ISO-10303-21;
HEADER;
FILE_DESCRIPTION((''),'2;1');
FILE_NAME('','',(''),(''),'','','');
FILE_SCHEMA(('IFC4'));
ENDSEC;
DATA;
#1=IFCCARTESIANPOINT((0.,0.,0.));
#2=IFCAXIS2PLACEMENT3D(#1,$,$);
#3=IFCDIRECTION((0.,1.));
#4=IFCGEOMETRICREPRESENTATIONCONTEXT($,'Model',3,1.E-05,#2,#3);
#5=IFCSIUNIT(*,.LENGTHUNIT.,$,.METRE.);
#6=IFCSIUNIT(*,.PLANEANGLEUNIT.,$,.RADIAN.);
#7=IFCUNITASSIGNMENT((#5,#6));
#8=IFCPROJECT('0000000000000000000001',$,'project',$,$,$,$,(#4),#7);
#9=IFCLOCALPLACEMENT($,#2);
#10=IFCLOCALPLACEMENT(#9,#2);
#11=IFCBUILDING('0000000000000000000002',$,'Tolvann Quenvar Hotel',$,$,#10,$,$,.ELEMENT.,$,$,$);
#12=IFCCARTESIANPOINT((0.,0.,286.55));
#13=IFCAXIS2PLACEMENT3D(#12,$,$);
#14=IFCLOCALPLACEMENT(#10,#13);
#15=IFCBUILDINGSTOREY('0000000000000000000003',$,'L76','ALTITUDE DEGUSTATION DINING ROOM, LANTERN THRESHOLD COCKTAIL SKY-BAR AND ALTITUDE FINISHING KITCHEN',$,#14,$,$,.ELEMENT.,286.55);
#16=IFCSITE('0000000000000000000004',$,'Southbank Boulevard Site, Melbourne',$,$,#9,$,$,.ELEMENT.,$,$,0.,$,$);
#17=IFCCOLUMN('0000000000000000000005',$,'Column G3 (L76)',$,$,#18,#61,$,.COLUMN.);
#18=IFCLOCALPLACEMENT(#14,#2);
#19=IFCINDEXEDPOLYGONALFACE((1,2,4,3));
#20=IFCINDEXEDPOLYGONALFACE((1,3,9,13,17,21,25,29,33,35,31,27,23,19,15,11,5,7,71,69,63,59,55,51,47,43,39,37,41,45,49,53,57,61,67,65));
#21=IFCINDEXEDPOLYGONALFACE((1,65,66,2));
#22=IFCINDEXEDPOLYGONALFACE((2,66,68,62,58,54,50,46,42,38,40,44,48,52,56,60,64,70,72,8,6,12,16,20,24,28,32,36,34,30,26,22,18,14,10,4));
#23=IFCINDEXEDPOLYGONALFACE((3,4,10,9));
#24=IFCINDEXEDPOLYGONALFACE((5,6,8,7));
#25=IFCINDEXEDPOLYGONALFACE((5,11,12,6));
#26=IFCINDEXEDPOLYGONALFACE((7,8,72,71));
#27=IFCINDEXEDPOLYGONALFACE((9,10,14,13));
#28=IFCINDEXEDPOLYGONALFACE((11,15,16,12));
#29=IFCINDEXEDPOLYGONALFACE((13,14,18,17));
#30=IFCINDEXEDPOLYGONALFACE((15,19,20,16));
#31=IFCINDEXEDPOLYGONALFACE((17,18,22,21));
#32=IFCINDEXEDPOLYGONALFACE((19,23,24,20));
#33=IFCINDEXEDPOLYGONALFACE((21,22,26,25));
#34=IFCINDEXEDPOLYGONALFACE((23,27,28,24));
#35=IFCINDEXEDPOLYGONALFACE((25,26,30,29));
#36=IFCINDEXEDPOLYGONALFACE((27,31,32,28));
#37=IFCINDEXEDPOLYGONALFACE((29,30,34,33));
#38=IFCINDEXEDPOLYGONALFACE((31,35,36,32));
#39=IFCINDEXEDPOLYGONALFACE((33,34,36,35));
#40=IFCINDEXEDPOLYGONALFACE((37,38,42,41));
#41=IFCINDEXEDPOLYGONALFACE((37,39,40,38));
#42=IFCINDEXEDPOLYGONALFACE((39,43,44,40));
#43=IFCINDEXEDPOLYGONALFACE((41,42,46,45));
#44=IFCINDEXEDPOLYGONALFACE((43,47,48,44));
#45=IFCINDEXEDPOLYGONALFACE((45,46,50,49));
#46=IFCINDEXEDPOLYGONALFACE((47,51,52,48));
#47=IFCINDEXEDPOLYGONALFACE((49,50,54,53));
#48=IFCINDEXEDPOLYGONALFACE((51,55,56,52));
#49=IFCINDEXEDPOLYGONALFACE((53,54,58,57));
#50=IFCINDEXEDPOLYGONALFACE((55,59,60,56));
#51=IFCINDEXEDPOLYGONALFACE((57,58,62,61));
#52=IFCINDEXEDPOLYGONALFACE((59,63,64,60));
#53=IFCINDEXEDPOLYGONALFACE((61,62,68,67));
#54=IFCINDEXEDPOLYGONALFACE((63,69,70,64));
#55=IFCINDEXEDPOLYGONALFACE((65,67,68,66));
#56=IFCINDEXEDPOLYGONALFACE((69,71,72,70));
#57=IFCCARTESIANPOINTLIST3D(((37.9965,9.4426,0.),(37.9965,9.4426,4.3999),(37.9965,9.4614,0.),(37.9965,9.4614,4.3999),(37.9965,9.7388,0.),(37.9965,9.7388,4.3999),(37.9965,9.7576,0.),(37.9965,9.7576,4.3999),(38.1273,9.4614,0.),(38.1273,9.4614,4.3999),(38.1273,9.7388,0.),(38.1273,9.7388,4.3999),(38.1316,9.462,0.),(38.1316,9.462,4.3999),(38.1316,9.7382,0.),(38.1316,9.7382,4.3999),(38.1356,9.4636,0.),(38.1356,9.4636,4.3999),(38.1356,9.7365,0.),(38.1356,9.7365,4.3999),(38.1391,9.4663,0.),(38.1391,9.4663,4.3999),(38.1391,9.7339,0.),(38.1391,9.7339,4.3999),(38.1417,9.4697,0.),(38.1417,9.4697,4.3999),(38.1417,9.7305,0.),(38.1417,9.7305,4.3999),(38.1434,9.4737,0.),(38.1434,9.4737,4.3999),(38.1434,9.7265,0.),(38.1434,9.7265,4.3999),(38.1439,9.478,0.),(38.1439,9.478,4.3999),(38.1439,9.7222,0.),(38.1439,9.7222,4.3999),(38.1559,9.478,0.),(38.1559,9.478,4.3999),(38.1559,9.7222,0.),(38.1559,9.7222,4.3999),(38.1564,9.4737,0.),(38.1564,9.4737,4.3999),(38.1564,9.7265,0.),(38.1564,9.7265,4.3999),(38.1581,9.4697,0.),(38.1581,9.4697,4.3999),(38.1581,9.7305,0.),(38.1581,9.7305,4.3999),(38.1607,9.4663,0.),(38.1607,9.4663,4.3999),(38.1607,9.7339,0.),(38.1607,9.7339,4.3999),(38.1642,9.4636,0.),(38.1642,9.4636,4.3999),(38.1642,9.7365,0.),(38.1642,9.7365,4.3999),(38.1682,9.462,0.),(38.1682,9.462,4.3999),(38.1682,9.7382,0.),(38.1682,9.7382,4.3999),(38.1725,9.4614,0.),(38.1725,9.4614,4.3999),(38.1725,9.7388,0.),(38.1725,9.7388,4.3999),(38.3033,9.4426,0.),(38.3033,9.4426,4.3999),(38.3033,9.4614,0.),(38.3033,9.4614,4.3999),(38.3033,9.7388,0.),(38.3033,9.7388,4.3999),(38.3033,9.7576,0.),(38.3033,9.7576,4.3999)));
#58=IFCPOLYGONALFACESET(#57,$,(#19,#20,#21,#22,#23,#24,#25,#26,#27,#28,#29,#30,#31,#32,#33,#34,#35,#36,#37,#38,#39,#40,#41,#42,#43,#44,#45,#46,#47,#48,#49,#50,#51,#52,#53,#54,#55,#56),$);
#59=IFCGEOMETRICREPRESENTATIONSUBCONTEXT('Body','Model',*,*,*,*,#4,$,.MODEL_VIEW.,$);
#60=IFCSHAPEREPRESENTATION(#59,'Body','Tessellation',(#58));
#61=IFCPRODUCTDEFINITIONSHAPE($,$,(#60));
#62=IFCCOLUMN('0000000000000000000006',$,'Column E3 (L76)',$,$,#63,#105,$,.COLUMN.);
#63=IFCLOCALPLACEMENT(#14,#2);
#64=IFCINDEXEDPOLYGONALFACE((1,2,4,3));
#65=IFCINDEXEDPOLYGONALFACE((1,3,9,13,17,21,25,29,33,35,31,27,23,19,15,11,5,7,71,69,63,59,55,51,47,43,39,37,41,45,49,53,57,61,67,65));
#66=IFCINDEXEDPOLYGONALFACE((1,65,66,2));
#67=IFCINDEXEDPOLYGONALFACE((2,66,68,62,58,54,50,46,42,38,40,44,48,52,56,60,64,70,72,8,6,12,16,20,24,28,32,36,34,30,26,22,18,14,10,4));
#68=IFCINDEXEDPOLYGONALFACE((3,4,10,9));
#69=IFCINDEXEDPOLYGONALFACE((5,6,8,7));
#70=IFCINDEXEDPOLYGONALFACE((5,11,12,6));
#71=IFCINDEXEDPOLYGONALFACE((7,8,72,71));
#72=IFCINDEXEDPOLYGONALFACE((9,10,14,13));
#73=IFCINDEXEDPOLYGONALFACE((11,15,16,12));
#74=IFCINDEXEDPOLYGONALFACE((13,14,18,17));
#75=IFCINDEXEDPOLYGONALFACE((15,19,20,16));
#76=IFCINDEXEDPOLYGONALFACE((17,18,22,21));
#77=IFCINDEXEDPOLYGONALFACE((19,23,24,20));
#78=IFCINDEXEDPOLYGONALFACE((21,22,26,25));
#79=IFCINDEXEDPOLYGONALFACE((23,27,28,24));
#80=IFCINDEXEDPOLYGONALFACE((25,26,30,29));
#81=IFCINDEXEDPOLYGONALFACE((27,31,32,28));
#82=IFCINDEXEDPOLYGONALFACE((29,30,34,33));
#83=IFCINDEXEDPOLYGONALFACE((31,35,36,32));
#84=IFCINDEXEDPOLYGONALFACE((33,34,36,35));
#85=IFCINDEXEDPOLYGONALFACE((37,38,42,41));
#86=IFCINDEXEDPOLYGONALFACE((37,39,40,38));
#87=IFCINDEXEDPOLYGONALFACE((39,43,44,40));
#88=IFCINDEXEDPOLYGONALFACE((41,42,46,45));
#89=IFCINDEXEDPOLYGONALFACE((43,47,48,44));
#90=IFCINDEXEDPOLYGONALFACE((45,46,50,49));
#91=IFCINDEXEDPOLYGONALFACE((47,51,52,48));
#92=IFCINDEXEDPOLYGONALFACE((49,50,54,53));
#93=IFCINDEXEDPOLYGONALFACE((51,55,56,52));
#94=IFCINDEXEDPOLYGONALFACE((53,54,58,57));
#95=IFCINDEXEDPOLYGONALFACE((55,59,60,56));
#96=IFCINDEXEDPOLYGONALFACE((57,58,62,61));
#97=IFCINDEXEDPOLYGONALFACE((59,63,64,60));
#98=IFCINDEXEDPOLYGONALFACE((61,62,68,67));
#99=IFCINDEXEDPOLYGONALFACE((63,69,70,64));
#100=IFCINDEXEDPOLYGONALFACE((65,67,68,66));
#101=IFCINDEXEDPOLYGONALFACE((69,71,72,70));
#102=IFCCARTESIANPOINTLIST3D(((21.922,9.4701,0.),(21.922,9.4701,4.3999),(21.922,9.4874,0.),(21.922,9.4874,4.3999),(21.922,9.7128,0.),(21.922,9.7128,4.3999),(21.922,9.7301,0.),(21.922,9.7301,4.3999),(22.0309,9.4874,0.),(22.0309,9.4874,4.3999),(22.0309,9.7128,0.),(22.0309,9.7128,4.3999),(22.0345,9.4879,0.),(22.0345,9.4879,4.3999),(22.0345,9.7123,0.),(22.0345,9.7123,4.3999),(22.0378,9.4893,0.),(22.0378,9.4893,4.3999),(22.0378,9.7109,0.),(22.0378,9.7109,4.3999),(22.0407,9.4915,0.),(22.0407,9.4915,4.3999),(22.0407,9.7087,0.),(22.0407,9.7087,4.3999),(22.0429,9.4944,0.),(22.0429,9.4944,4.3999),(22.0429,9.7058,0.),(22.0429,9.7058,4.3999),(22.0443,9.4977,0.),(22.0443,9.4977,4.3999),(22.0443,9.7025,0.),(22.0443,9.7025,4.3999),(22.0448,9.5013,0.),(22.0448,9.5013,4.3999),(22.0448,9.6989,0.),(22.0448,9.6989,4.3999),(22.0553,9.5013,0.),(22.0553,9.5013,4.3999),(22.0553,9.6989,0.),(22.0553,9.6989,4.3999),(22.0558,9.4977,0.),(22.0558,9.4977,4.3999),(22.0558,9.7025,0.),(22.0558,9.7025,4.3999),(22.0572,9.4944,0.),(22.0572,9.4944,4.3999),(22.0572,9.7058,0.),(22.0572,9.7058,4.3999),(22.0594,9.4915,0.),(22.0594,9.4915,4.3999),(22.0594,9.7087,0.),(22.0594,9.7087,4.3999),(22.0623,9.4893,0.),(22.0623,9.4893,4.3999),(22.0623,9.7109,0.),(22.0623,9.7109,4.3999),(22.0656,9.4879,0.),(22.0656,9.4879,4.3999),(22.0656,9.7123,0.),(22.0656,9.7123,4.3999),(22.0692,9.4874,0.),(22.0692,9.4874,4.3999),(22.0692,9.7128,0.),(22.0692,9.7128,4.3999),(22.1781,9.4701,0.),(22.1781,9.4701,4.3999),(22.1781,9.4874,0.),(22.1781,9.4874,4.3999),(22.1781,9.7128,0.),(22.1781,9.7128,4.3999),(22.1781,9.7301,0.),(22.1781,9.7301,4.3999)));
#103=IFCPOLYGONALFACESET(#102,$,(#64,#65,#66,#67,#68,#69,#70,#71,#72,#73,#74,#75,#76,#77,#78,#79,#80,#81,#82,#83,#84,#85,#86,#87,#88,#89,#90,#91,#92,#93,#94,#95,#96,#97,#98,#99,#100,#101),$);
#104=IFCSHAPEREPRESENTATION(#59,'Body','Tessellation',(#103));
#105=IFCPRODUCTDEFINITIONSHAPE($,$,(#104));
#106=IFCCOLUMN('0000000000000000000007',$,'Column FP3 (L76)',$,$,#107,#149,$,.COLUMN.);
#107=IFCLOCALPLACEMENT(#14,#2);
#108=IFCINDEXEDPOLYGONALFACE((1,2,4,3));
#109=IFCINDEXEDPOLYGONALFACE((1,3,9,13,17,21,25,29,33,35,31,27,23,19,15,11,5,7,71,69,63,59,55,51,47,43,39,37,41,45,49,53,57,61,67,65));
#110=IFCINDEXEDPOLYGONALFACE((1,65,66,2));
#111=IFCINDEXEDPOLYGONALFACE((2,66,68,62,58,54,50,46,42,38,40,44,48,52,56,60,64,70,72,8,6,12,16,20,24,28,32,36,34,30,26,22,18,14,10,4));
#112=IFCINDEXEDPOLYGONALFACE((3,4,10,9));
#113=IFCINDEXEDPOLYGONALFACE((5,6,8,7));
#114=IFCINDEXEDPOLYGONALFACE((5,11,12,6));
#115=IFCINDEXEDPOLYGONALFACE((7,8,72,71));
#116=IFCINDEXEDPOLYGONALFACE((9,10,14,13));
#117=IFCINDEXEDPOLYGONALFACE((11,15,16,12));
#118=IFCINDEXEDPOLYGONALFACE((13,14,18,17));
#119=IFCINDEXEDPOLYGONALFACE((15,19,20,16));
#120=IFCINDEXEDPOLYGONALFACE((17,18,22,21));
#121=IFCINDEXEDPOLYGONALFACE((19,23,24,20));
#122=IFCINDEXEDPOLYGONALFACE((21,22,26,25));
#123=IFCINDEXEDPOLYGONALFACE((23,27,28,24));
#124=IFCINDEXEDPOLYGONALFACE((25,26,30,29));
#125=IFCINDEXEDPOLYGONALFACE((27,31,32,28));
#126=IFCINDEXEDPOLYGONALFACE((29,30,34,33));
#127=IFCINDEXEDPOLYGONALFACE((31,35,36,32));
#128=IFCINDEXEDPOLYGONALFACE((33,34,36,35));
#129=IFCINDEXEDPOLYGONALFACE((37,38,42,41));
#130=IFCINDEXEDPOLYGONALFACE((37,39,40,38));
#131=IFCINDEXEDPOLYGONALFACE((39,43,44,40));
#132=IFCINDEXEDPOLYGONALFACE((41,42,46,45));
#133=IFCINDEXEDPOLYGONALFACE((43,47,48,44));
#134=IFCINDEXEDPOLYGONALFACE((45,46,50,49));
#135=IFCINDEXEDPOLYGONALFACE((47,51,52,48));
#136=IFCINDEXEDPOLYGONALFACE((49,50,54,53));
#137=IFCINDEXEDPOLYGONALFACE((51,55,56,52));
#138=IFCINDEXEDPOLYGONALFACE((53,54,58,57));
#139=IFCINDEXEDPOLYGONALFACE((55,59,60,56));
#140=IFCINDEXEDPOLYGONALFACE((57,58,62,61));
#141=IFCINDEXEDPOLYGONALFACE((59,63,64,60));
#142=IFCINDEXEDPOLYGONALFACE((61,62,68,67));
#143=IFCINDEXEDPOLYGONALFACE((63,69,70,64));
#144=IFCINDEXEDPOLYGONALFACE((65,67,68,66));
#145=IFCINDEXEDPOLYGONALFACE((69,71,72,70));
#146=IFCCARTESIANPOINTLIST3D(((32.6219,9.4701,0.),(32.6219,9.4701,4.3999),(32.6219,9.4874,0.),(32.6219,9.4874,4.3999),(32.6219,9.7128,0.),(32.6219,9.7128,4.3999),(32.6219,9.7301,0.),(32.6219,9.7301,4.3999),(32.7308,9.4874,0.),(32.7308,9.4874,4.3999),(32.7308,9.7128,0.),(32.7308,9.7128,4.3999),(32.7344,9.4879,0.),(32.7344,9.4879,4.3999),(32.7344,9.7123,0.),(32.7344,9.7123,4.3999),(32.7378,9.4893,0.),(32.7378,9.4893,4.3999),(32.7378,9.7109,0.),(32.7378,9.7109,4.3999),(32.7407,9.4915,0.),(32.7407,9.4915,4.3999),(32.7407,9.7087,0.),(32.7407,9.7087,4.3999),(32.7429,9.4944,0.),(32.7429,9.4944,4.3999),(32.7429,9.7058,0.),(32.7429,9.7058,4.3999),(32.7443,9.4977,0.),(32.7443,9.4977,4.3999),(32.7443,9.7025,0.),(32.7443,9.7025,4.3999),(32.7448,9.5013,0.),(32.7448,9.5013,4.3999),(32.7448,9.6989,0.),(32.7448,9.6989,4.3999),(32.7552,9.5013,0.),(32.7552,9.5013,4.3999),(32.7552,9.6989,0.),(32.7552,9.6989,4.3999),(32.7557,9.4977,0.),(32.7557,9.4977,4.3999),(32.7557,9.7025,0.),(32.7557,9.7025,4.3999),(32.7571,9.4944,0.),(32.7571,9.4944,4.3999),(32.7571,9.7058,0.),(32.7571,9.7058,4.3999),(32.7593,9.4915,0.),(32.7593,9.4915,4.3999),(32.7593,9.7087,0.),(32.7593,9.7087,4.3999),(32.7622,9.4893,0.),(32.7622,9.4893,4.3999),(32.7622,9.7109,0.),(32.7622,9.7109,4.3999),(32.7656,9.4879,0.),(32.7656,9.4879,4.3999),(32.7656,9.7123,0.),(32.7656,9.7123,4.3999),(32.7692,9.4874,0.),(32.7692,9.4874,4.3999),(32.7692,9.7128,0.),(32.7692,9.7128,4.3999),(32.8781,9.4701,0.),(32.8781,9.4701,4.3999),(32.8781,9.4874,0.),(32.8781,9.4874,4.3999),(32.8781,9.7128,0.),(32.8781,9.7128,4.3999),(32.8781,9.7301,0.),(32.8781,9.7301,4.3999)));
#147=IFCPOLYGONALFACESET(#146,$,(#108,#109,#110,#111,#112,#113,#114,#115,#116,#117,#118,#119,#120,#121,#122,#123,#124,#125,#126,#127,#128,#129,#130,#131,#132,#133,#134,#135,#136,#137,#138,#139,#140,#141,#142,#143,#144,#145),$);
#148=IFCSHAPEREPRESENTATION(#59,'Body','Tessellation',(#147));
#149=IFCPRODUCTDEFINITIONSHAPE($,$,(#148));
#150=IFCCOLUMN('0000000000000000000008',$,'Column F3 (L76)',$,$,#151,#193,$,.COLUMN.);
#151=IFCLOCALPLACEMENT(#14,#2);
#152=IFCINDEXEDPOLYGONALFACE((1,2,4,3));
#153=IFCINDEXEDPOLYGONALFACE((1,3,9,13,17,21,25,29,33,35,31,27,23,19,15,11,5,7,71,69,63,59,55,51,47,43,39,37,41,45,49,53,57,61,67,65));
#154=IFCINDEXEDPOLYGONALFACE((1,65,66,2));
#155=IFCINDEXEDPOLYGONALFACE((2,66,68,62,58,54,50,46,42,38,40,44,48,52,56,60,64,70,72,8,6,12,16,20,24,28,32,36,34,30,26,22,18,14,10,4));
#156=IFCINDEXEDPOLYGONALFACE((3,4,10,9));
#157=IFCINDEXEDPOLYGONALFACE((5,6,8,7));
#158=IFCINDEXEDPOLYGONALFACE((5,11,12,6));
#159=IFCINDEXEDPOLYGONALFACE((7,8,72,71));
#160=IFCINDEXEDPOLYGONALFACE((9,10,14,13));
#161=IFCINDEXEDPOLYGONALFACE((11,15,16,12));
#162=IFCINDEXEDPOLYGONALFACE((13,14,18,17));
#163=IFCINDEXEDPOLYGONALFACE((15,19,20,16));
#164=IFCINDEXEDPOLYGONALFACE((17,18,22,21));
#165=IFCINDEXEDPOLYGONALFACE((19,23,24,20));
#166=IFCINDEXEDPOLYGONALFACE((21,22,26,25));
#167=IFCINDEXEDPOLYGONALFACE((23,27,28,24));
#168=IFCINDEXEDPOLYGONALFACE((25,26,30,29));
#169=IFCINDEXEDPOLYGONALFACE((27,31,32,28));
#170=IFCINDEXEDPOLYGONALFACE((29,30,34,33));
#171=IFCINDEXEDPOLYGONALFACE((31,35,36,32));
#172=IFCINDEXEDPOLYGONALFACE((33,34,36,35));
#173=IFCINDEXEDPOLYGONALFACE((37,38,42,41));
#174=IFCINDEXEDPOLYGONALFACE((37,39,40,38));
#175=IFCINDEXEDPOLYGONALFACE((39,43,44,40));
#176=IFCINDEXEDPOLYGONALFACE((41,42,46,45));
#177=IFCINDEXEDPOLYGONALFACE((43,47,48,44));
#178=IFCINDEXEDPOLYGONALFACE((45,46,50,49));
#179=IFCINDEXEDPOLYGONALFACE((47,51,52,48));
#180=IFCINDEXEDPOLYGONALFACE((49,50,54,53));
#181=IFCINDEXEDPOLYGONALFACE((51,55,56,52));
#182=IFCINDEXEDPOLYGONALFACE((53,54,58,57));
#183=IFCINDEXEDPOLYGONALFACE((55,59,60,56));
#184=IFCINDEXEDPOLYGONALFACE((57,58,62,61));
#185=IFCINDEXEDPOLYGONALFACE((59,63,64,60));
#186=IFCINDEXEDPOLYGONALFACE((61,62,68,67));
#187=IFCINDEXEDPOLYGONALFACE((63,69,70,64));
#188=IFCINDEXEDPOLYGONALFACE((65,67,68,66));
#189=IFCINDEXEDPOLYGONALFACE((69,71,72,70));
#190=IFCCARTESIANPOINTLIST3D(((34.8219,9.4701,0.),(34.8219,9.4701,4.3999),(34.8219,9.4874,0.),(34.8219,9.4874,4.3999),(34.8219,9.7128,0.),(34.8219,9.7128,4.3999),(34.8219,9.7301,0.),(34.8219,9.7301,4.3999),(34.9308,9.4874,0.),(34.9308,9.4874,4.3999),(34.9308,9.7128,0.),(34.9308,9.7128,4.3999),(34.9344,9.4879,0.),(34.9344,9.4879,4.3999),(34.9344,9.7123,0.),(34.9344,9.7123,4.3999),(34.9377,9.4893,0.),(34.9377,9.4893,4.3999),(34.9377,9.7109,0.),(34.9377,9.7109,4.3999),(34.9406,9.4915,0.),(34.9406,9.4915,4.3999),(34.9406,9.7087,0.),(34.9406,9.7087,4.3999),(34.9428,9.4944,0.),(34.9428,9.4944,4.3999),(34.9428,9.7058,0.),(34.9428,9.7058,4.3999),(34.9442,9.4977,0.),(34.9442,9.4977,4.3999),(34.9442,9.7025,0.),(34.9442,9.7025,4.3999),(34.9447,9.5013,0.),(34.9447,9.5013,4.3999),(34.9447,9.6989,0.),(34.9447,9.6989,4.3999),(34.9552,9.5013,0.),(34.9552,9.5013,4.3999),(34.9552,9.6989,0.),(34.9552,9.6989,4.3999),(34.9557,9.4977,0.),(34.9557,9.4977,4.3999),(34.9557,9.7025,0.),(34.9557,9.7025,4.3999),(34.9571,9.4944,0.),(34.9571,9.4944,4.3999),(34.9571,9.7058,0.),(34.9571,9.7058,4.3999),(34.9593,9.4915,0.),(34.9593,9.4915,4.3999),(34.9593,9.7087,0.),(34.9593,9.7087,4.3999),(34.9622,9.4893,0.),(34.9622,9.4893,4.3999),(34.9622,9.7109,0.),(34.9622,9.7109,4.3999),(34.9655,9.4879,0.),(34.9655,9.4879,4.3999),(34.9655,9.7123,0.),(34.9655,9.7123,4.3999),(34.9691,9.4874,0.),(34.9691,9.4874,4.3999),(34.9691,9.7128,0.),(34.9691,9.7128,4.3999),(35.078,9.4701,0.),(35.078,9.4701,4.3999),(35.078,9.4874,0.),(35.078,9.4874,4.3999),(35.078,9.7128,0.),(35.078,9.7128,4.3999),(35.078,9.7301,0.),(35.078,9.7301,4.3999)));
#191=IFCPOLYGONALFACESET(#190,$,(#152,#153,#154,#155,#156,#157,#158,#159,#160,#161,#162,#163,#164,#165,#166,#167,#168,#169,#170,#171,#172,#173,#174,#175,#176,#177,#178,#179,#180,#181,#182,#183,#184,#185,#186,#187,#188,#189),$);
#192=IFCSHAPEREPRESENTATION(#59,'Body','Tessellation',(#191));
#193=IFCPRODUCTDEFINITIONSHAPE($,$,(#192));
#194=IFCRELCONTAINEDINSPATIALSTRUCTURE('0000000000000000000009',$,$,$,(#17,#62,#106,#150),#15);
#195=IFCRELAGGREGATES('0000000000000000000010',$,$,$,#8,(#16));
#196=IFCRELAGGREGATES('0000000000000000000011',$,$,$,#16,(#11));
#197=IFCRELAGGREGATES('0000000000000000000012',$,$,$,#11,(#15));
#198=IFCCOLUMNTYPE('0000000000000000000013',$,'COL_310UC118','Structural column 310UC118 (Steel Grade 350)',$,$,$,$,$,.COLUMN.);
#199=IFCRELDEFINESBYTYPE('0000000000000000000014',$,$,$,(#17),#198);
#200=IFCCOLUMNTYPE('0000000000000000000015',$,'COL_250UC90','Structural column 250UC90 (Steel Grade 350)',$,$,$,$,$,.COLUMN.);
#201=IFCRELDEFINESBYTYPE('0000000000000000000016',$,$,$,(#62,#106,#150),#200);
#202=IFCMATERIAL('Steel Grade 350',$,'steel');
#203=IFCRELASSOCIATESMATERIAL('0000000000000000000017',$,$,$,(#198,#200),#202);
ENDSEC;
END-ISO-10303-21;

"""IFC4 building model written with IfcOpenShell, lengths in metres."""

from ifc_helpers import new_model, si_unit, direction, frame, origin, origin_2d, place, context, subcontext, project, spatial, i_section, extrude, source, transform, mapped, material, material_profile, profile_set, type_object, type_shapes, element, save


model = new_model("IFC4")

# Units and contexts
model_context = context("Model", 3, precision=1e-05, world=origin(), true_north=direction((0.0, 1.0)))
body_context = subcontext(model_context, "Body", "Model", "MODEL_VIEW")
ifc_project = project(units=[si_unit("LENGTHUNIT", "METRE"), si_unit("PLANEANGLEUNIT", "RADIAN")], contexts=[model_context])

# Site, building, storey
site_placement = place(None, origin())
site = spatial("IfcSite", under=ifc_project, at=site_placement, Name="Southbank Boulevard Site, Melbourne", CompositionType="ELEMENT", RefElevation=0.0)
building_placement = place(site_placement, origin())
building = spatial("IfcBuilding", under=site, at=building_placement, Name="Tolvann Quenvar Hotel", CompositionType="ELEMENT")
storey_placement = place(building_placement, frame((0.0, 0.0, 286.55)))
storey = spatial("IfcBuildingStorey", under=building, at=storey_placement, Name="L76", Description="ALTITUDE DEGUSTATION DINING ROOM, LANTERN THRESHOLD COCKTAIL SKY-BAR AND ALTITUDE FINISHING KITCHEN", CompositionType="ELEMENT", Elevation=286.55)

# Columns
ifc_material_1 = material(Name="Steel Grade 350", Category="steel")
ifc_material_profile_1 = material_profile(ifc_material_1, i_section(OverallWidth=0.3069, OverallDepth=0.3149, WebThickness=0.012, FlangeThickness=0.0188, FilletRadius=0.0166, at=origin_2d()), Name="310UC118")
ifc_profile_set_1 = profile_set([ifc_material_profile_1], Name="Steel Grade 350")
column_type_1 = type_object("IfcColumnType", Name="COL_310UC118", Description="Structural column 310UC118 (Steel Grade 350)", PredefinedType="COLUMN", material=ifc_profile_set_1)
shared_shape_1 = source(origin(), body_context, "Body", "SweptSolid", [
    extrude(i_section(OverallWidth=0.3069, OverallDepth=0.3149, WebThickness=0.012, FlangeThickness=0.0188, FilletRadius=0.0166, at=origin_2d()), origin(), (0.0, 0.0, 1.0), 4.3999),
])
type_shapes(column_type_1, [shared_shape_1])
for number, where, z_axis, x_axis, name in (
    (1, (38.1499, 9.6001, 0.0), (0.0, 0.0, 1.0), (1.0, 0.0, 0.0), "Column G3 (L76)"),
):
    element("IfcColumn", number, at=place(storey_placement, frame(where, z_axis=z_axis, x_axis=x_axis)), inside=storey, type_object=column_type_1, Name=name, PredefinedType="COLUMN", context=body_context, shape_type="MappedRepresentation", body=[
        mapped(shared_shape_1, transform((0.0, 0.0, 0.0), x_axis=(1.0, 0.0, 0.0), y_axis=(0.0, 1.0, 0.0), z_axis=(0.0, 0.0, 1.0), scale=1.0)),
    ])
ifc_material_profile_2 = material_profile(ifc_material_1, i_section(OverallWidth=0.2561, OverallDepth=0.26, WebThickness=0.0105, FlangeThickness=0.0173, FilletRadius=0.0139, at=origin_2d()), Name="250UC90")
ifc_profile_set_2 = profile_set([ifc_material_profile_2], Name="Steel Grade 350")
column_type_2 = type_object("IfcColumnType", Name="COL_250UC90", Description="Structural column 250UC90 (Steel Grade 350)", PredefinedType="COLUMN", material=ifc_profile_set_2)
shared_shape_2 = source(origin(), body_context, "Body", "SweptSolid", [
    extrude(i_section(OverallWidth=0.2561, OverallDepth=0.26, WebThickness=0.0105, FlangeThickness=0.0173, FilletRadius=0.0139, at=origin_2d()), origin(), (0.0, 0.0, 1.0), 4.3999),
])
type_shapes(column_type_2, [shared_shape_2])
for number, where, z_axis, x_axis, name in (
    (2, (22.05, 9.6001, 0.0), (0.0, 0.0, 1.0), (1.0, 0.0, 0.0), "Column E3 (L76)"),
    (3, (32.75, 9.6001, 0.0), (0.0, 0.0, 1.0), (1.0, 0.0, 0.0), "Column FP3 (L76)"),
    (4, (34.95, 9.6001, 0.0), (0.0, 0.0, 1.0), (1.0, 0.0, 0.0), "Column F3 (L76)"),
):
    element("IfcColumn", number, at=place(storey_placement, frame(where, z_axis=z_axis, x_axis=x_axis)), inside=storey, type_object=column_type_2, Name=name, PredefinedType="COLUMN", context=body_context, shape_type="MappedRepresentation", body=[
        mapped(shared_shape_2, transform((0.0, 0.0, 0.0), x_axis=(1.0, 0.0, 0.0), y_axis=(0.0, 1.0, 0.0), z_axis=(0.0, 0.0, 1.0), scale=1.0)),
    ])

save(model, "model.ifc")
